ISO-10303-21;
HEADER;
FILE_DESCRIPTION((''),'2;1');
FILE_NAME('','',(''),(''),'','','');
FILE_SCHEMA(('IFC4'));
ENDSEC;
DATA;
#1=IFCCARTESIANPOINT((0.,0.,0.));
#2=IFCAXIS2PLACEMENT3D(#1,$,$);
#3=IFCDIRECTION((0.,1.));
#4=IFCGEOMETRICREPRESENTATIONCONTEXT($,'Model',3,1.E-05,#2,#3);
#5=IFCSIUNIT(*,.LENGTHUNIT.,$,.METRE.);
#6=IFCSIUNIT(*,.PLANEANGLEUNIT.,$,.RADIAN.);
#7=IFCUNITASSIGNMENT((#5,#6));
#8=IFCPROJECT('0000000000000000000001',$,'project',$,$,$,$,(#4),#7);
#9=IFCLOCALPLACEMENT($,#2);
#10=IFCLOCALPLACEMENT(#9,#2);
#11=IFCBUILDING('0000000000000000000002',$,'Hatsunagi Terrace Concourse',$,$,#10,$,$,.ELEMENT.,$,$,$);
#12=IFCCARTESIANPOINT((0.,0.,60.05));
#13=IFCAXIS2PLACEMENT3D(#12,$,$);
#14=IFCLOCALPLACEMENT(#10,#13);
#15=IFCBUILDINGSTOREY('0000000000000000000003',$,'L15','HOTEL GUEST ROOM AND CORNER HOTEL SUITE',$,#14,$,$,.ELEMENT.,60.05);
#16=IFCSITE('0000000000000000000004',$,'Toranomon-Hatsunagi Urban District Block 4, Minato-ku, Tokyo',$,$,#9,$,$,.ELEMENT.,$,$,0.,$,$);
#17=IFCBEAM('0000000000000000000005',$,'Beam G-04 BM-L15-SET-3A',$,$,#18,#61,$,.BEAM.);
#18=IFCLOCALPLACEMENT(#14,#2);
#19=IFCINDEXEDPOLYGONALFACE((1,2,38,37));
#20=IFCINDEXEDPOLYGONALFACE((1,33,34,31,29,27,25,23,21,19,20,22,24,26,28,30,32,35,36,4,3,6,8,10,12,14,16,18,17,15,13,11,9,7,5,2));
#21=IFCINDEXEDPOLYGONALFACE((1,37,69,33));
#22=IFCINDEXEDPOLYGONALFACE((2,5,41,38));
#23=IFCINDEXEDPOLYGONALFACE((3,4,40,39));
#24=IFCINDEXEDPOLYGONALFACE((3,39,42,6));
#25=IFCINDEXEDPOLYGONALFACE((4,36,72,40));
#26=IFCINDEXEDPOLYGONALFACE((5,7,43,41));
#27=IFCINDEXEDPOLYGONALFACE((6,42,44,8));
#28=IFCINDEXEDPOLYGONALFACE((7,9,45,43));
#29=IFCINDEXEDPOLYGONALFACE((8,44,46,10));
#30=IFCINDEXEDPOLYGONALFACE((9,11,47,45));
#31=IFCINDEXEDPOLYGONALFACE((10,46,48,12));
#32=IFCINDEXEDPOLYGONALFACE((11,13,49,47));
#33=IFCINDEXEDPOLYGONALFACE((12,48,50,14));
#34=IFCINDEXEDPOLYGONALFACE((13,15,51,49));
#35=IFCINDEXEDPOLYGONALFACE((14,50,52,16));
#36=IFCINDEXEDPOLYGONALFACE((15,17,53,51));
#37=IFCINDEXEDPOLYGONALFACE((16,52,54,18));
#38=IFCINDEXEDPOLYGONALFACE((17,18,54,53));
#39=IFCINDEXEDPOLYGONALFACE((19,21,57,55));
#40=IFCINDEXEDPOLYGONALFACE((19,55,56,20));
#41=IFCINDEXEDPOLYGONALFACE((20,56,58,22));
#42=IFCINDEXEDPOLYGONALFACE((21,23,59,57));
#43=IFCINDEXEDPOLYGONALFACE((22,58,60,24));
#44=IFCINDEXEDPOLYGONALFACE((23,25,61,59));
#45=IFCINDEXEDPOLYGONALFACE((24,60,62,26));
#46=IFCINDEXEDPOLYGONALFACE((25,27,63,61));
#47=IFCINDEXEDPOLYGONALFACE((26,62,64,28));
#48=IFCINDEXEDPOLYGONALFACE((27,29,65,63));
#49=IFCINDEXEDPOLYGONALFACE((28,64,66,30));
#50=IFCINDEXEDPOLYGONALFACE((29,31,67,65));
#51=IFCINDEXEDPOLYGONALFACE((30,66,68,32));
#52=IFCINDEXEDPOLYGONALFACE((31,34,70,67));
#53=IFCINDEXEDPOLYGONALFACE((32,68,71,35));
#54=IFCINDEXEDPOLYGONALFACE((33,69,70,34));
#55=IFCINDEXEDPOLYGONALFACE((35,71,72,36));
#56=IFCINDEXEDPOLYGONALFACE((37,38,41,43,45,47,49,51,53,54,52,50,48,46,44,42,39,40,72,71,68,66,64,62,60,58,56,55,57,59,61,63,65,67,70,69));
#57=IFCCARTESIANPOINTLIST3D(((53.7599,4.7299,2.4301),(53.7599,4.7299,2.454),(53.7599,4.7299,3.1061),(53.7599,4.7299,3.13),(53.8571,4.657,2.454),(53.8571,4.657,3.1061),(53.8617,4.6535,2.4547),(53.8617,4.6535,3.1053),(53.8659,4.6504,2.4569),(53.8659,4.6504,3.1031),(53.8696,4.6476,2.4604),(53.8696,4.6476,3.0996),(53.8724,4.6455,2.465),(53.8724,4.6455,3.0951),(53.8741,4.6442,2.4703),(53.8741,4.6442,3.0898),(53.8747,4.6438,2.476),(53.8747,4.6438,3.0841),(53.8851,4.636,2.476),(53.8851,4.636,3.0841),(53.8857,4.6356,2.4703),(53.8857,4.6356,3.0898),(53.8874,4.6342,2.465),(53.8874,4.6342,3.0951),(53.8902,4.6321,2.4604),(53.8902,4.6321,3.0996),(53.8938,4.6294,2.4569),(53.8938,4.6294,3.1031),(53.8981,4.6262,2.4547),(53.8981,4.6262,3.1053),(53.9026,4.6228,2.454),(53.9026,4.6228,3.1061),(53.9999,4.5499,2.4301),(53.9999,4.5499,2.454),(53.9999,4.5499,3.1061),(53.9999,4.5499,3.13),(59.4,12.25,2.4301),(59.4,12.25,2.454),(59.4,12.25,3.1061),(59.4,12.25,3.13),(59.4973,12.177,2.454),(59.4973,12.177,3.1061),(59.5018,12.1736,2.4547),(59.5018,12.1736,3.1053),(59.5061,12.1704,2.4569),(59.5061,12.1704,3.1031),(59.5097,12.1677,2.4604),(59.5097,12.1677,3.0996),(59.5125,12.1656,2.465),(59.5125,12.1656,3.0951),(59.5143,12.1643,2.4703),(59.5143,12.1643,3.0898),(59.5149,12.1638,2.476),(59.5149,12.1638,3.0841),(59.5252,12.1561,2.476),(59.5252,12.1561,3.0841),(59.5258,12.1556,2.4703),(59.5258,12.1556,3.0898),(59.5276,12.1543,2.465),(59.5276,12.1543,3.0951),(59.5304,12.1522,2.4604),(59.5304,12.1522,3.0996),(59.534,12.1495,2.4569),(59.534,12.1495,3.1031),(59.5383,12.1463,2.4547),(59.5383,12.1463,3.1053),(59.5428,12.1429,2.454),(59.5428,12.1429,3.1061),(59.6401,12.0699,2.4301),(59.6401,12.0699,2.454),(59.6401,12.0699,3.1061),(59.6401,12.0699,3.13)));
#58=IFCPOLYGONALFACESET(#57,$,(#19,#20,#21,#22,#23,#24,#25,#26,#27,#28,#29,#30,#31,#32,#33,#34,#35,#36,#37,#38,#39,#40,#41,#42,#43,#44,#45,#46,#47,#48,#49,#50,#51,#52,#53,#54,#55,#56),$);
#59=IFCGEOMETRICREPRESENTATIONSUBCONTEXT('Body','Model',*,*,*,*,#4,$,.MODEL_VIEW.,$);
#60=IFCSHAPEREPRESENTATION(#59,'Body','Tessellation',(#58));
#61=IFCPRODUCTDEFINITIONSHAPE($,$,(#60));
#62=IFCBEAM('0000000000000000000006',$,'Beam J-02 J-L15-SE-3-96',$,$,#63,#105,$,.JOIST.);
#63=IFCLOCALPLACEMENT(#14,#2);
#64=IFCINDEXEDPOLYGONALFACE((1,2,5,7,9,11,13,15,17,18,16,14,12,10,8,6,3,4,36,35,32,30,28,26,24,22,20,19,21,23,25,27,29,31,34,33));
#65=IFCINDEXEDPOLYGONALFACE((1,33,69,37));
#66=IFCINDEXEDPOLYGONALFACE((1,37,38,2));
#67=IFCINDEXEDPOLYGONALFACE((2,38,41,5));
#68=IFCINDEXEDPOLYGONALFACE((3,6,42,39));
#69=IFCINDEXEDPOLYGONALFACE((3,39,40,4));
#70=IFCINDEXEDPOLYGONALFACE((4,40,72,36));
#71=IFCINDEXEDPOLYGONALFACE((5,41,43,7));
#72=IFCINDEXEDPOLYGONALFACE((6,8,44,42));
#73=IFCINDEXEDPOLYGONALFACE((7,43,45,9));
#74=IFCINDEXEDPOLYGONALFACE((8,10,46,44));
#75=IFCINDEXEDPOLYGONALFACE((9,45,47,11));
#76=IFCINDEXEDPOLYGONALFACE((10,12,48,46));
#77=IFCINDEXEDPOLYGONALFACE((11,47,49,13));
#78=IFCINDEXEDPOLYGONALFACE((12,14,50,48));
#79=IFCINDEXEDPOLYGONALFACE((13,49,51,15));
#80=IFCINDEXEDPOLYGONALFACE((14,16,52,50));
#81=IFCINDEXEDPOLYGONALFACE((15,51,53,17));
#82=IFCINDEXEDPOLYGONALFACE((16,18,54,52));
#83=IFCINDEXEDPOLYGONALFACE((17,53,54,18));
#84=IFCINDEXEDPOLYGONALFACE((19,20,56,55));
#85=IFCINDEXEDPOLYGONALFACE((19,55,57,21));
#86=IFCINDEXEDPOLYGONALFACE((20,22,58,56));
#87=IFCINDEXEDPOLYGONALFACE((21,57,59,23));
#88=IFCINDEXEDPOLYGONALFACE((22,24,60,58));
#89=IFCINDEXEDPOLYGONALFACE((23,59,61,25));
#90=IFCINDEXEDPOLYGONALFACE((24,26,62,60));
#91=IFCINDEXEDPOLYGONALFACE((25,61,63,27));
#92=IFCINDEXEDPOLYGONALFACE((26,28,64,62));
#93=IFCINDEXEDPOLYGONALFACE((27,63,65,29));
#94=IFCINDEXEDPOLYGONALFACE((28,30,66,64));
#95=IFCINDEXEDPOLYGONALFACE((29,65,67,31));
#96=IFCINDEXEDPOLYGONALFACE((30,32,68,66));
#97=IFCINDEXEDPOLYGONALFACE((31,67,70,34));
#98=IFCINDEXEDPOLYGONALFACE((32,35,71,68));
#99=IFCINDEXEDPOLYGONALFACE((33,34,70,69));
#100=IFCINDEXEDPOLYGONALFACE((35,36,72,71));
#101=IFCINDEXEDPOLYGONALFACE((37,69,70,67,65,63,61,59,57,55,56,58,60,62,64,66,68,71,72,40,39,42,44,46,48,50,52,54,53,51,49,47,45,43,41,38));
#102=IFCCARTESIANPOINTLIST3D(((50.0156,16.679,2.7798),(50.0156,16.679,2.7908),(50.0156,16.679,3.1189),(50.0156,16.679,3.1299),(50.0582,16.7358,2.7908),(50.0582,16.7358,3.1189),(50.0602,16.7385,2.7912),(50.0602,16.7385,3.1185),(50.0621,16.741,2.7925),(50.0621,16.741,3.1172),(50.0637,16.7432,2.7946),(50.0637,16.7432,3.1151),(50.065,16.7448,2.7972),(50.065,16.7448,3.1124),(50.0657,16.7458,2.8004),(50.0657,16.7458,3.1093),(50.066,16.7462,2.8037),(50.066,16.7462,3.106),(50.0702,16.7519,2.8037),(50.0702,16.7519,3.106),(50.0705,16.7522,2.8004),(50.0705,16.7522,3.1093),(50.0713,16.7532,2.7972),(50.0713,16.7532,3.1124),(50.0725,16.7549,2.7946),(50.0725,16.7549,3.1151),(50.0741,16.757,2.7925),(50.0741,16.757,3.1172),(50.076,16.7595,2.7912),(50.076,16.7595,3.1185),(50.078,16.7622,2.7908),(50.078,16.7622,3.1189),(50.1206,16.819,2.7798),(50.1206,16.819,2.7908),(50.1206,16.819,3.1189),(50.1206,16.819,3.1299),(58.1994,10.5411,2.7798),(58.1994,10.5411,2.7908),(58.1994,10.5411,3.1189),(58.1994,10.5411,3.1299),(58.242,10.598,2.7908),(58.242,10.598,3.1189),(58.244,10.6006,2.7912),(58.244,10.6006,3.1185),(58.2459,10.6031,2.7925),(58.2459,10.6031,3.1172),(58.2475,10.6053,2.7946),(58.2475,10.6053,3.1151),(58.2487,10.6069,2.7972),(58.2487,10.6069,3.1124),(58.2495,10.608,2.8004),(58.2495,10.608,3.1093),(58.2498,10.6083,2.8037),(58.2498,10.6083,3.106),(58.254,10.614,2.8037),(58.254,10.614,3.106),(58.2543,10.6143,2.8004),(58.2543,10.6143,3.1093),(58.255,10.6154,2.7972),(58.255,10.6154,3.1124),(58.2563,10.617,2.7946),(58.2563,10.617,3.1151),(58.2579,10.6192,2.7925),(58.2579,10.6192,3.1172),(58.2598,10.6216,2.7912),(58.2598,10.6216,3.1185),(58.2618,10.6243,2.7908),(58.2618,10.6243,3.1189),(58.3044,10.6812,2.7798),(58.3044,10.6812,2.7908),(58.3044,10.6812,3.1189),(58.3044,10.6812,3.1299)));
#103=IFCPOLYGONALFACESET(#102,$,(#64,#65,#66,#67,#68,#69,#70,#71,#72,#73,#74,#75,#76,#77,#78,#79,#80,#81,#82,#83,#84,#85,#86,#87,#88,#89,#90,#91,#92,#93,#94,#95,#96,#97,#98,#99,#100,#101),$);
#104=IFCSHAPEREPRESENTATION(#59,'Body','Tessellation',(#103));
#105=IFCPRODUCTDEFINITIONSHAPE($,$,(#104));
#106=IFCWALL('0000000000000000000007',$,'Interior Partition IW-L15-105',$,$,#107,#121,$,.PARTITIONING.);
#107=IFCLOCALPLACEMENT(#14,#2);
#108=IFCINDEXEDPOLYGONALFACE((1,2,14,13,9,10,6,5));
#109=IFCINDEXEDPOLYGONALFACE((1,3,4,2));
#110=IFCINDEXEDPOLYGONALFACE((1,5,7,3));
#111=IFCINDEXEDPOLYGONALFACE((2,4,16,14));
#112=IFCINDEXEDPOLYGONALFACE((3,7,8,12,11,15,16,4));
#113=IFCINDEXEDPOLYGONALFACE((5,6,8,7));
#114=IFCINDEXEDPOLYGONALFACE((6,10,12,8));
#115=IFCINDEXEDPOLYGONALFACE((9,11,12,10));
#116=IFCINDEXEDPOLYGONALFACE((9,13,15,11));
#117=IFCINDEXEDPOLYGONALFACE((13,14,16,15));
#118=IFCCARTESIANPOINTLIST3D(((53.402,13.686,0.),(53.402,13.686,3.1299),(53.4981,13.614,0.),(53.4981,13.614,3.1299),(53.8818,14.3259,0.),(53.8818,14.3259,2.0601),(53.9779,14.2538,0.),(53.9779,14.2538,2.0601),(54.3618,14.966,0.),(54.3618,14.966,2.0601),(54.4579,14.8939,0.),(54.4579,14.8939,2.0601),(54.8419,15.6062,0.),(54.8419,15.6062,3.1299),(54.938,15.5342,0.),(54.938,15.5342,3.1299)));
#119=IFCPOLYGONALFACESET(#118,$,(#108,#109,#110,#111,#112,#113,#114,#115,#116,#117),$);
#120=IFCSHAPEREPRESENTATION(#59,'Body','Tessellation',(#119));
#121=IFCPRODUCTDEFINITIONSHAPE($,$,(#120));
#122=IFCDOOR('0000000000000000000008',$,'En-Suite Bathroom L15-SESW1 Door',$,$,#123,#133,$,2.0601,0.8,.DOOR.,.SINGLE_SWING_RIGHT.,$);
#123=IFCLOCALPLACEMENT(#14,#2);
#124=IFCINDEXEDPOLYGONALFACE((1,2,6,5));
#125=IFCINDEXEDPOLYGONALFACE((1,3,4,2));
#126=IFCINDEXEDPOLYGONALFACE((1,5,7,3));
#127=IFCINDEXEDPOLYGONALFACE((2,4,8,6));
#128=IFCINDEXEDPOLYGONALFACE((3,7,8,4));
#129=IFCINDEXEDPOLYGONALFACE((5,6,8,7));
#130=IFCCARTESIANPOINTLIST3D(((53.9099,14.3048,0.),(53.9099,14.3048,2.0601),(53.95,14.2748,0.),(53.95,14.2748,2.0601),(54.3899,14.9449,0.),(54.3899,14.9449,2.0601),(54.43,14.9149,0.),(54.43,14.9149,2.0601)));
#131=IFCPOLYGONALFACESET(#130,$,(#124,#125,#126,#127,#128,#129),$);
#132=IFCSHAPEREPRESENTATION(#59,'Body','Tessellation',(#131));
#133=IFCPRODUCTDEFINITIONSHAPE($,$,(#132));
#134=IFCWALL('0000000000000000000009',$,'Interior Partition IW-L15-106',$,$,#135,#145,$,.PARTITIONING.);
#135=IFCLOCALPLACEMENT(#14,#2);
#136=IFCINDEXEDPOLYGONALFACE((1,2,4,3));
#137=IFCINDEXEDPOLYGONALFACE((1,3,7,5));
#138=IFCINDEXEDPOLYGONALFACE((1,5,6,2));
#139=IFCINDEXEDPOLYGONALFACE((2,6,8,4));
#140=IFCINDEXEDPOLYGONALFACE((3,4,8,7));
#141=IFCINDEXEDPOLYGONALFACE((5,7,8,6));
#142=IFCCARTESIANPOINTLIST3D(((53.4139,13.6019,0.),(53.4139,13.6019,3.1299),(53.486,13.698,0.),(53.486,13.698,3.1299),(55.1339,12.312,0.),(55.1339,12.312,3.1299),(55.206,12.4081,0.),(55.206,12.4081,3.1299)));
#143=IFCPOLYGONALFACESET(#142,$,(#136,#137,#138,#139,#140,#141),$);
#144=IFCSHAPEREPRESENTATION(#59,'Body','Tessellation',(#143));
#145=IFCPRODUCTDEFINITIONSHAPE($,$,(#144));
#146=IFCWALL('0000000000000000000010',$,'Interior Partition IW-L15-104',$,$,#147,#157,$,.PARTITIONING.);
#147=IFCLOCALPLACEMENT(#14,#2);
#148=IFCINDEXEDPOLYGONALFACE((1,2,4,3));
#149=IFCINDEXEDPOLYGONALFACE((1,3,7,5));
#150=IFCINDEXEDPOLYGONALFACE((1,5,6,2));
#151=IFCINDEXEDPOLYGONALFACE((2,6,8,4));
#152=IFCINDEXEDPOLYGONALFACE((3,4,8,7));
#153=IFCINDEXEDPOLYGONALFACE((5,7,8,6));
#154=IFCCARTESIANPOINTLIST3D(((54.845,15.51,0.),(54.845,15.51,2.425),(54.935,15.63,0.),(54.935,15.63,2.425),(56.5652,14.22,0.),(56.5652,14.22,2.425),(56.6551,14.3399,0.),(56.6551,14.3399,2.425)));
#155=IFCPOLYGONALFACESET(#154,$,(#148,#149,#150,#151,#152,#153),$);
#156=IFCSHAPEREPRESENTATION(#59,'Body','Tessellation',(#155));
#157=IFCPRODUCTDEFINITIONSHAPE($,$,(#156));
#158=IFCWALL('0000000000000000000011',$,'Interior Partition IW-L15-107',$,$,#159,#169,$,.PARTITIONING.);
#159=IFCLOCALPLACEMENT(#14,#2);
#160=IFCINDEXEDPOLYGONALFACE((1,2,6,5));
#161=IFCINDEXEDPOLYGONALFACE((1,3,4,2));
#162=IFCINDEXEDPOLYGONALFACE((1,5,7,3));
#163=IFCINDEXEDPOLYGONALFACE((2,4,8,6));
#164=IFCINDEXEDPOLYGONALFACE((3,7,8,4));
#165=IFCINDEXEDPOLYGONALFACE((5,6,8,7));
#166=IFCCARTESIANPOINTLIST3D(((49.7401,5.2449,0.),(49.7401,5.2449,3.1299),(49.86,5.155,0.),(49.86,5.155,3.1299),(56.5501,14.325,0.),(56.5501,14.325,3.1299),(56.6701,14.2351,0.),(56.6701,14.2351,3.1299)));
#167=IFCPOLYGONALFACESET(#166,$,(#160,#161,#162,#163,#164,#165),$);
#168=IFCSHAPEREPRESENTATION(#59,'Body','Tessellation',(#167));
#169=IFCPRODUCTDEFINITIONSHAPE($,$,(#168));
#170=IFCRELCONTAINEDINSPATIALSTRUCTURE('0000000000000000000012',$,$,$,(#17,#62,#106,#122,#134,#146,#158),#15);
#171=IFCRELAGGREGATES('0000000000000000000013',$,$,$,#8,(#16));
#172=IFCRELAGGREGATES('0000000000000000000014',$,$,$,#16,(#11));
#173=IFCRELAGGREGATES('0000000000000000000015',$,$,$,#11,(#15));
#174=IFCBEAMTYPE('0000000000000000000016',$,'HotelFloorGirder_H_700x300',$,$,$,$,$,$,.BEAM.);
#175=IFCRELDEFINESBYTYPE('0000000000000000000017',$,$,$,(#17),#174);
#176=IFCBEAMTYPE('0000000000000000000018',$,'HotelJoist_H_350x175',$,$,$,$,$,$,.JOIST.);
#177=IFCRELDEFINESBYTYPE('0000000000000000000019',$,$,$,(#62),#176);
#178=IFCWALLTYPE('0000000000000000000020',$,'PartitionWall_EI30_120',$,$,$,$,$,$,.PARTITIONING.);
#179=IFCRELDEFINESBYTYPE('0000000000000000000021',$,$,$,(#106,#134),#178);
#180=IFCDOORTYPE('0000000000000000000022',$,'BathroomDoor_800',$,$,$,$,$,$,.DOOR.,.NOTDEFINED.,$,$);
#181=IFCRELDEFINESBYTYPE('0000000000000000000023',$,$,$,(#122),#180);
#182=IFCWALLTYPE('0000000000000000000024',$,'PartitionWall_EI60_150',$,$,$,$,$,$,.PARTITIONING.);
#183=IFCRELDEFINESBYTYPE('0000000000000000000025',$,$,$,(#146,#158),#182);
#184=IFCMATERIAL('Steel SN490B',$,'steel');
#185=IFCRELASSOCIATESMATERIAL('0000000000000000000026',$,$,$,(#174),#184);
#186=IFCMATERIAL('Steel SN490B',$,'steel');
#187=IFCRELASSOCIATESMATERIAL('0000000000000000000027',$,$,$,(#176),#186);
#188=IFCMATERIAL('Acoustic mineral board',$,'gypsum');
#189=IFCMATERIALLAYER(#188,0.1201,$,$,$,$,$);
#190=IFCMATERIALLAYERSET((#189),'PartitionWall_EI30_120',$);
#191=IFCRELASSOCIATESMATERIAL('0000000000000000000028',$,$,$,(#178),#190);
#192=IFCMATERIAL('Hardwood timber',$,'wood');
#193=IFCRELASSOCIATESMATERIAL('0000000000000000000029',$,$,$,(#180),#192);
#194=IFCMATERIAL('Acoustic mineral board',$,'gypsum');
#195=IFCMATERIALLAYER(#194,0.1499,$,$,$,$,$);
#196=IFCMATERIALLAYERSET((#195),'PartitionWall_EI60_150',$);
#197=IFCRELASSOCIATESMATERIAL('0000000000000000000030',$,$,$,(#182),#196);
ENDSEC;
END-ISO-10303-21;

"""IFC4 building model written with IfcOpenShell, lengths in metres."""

from ifc_helpers import new_model, si_unit, direction, frame, frame_2d, origin, origin_2d, place, context, subcontext, project, spatial, rectangle, i_section, extrude, material, layer, layer_set, material_profile, profile_set, type_object, element, fill, save


model = new_model("IFC4")

# Units and contexts
model_context = context("Model", 3, precision=1e-05, world=origin(), true_north=direction((0.0, 1.0)))
body_context = subcontext(model_context, "Body", "Model", "MODEL_VIEW")
ifc_project = project(units=[si_unit("LENGTHUNIT", "METRE"), si_unit("PLANEANGLEUNIT", "RADIAN")], contexts=[model_context])

# Site, building, storey
site_placement = place(None, origin())
site = spatial("IfcSite", under=ifc_project, at=site_placement, Name="Toranomon-Hatsunagi Urban District Block 4, Minato-ku, Tokyo", CompositionType="ELEMENT", RefElevation=0.0)
building_placement = place(site_placement, origin())
building = spatial("IfcBuilding", under=site, at=building_placement, Name="Hatsunagi Terrace Concourse", CompositionType="ELEMENT")
storey_placement = place(building_placement, frame((0.0, 0.0, 60.05)))
storey = spatial("IfcBuildingStorey", under=building, at=storey_placement, Name="L15", Description="HOTEL GUEST ROOM AND CORNER HOTEL SUITE", CompositionType="ELEMENT", Elevation=60.05)

# Beams
ifc_material_1 = material(Name="Steel SN490B", Category="steel")
ifc_material_profile_1 = material_profile(ifc_material_1, i_section(OverallWidth=0.3, OverallDepth=0.7, WebThickness=0.0129, FlangeThickness=0.0239, FilletRadius=0.022, at=origin_2d()), Name="H-700x300x13x24")
ifc_profile_set_1 = profile_set([ifc_material_profile_1], Name="Steel SN490B")
beam_type_1 = type_object("IfcBeamType", Name="HotelFloorGirder_H_700x300", PredefinedType="BEAM", material=ifc_profile_set_1)
beam_1_placement = place(storey_placement, frame((53.8799, 4.6399, 2.78), z_axis=(0.600008, 0.799994, 0.0), x_axis=(-0.799994, 0.600008, 0.0)))
element("IfcBeam", 1, at=beam_1_placement, inside=storey, type_object=beam_type_1, Name="Beam G-04 BM-L15-SET-3A", PredefinedType="BEAM", context=body_context, shape_type="SweptSolid", body=[
    extrude(i_section(OverallWidth=0.3, OverallDepth=0.7, WebThickness=0.0129, FlangeThickness=0.0239, FilletRadius=0.022, at=origin_2d()), origin(), (0.0, 0.0, 1.0), 9.4001),
])
ifc_material_2 = material(Name="Steel SN490B", Category="steel")
ifc_material_profile_2 = material_profile(ifc_material_2, i_section(OverallWidth=0.175, OverallDepth=0.3501, WebThickness=0.0071, FlangeThickness=0.011, FilletRadius=0.0129, at=origin_2d()), Name="H-350x175x7x11")
ifc_profile_set_2 = profile_set([ifc_material_profile_2], Name="Steel SN490B")
beam_type_2 = type_object("IfcBeamType", Name="HotelJoist_H_350x175", PredefinedType="JOIST", material=ifc_profile_set_2)
beam_2_placement = place(storey_placement, frame((50.0681, 16.749, 2.9548), z_axis=(0.799997, -0.600004, 0.0), x_axis=(0.600004, 0.799997, 0.0)))
element("IfcBeam", 2, at=beam_2_placement, inside=storey, type_object=beam_type_2, Name="Beam J-02 J-L15-SE-3-96", PredefinedType="JOIST", context=body_context, shape_type="SweptSolid", body=[
    extrude(i_section(OverallWidth=0.175, OverallDepth=0.3501, WebThickness=0.0071, FlangeThickness=0.011, FilletRadius=0.0129, at=origin_2d()), origin(), (0.0, 0.0, 1.0), 10.2297),
])

# Wall, opening, door
ifc_material_3 = material(Name="Acoustic mineral board", Category="gypsum")
ifc_layer_1 = layer(ifc_material_3, 0.1201)
ifc_layer_set_1 = layer_set([ifc_layer_1], Name="PartitionWall_EI30_120")
wall_type_1 = type_object("IfcWallType", Name="PartitionWall_EI30_120", PredefinedType="PARTITIONING", material=ifc_layer_set_1)
wall_1_placement = place(storey_placement, frame((53.45, 13.6499, 0.0), z_axis=(0.0, 0.0, 1.0), x_axis=(0.599951, 0.800037, 0.0)))
wall_1 = element("IfcWall", 3, at=wall_1_placement, inside=storey, type_object=wall_type_1, Name="Interior Partition IW-L15-105", PredefinedType="PARTITIONING", context=body_context, shape_type="SweptSolid", body=[
    extrude(rectangle(XDim=2.4001, YDim=0.1201, at=frame_2d((1.2002, 0.0))), origin(), (0.0, 0.0, 1.0), 3.1299),
])
opening_1_placement = place(wall_1_placement, frame((0.8, 0.0, 0.0)))
opening_1 = element("IfcOpeningElement", 4, at=opening_1_placement, cuts=wall_1, PredefinedType="OPENING", context=body_context, shape_type="SweptSolid", body=[
    extrude(rectangle(XDim=0.8, YDim=2.0601, at=frame_2d((0.3999, 1.03))), frame((0.0, 0.0701, 0.0), z_axis=(0.0, -1.0, 0.0), x_axis=(1.0, 0.0, 0.0)), (0.0, 0.0, 1.0), 0.1401),
])
ifc_material_4 = material(Name="Hardwood timber", Category="wood")
door_type = type_object("IfcDoorType", Name="BathroomDoor_800", OperationType="NOTDEFINED", PredefinedType="DOOR", material=ifc_material_4)
door_placement = place(opening_1_placement, origin())
door = element("IfcDoor", 5, at=door_placement, inside=storey, type_object=door_type, Name="En-Suite Bathroom L15-SESW1 Door", OperationType="SINGLE_SWING_RIGHT", OverallHeight=2.0601, OverallWidth=0.8, PredefinedType="DOOR", context=body_context, shape_type="SweptSolid", body=[
    extrude(rectangle(XDim=0.8, YDim=2.0601, at=frame_2d((0.3999, 1.03))), frame((0.0, 0.0249, 0.0), z_axis=(0.0, -1.0, 0.0), x_axis=(1.0, 0.0, 0.0)), (0.0, 0.0, 1.0), 0.05),
])
fill(opening_1, door)

# Walls
wall_2_placement = place(storey_placement, frame((53.45, 13.6499, 0.0), z_axis=(0.0, 0.0, 1.0), x_axis=(0.800041, -0.599945, 0.0)))
element("IfcWall", 6, at=wall_2_placement, inside=storey, type_object=wall_type_1, Name="Interior Partition IW-L15-106", PredefinedType="PARTITIONING", context=body_context, shape_type="SweptSolid", body=[
    extrude(rectangle(XDim=2.1499, YDim=0.1201, at=frame_2d((1.075, 0.0))), origin(), (0.0, 0.0, 1.0), 3.1299),
])
ifc_material_5 = material(Name="Acoustic mineral board", Category="gypsum")
ifc_layer_2 = layer(ifc_material_5, 0.1499)
ifc_layer_set_2 = layer_set([ifc_layer_2], Name="PartitionWall_EI60_150")
wall_type_2 = type_object("IfcWallType", Name="PartitionWall_EI60_150", PredefinedType="PARTITIONING", material=ifc_layer_set_2)
wall_3_placement = place(storey_placement, frame((54.8899, 15.5701, 0.0), z_axis=(0.0, 0.0, 1.0), x_axis=(0.800027, -0.599964, 0.0)))
element("IfcWall", 7, at=wall_3_placement, inside=storey, type_object=wall_type_2, Name="Interior Partition IW-L15-104", PredefinedType="PARTITIONING", context=body_context, shape_type="SweptSolid", body=[
    extrude(rectangle(XDim=2.1501, YDim=0.1499, at=frame_2d((1.0752, 0.0))), origin(), (0.0, 0.0, 1.0), 2.425),
])
wall_4_placement = place(storey_placement, frame((49.8, 5.2, 0.0), z_axis=(0.0, 0.0, 1.0), x_axis=(0.6, 0.8, 0.0)))
element("IfcWall", 8, at=wall_4_placement, inside=storey, type_object=wall_type_2, Name="Interior Partition IW-L15-107", PredefinedType="PARTITIONING", context=body_context, shape_type="SweptSolid", body=[
    extrude(rectangle(XDim=11.3501, YDim=0.1499, at=frame_2d((5.675, 0.0))), origin(), (0.0, 0.0, 1.0), 3.1299),
])

save(model, "model.ifc")
